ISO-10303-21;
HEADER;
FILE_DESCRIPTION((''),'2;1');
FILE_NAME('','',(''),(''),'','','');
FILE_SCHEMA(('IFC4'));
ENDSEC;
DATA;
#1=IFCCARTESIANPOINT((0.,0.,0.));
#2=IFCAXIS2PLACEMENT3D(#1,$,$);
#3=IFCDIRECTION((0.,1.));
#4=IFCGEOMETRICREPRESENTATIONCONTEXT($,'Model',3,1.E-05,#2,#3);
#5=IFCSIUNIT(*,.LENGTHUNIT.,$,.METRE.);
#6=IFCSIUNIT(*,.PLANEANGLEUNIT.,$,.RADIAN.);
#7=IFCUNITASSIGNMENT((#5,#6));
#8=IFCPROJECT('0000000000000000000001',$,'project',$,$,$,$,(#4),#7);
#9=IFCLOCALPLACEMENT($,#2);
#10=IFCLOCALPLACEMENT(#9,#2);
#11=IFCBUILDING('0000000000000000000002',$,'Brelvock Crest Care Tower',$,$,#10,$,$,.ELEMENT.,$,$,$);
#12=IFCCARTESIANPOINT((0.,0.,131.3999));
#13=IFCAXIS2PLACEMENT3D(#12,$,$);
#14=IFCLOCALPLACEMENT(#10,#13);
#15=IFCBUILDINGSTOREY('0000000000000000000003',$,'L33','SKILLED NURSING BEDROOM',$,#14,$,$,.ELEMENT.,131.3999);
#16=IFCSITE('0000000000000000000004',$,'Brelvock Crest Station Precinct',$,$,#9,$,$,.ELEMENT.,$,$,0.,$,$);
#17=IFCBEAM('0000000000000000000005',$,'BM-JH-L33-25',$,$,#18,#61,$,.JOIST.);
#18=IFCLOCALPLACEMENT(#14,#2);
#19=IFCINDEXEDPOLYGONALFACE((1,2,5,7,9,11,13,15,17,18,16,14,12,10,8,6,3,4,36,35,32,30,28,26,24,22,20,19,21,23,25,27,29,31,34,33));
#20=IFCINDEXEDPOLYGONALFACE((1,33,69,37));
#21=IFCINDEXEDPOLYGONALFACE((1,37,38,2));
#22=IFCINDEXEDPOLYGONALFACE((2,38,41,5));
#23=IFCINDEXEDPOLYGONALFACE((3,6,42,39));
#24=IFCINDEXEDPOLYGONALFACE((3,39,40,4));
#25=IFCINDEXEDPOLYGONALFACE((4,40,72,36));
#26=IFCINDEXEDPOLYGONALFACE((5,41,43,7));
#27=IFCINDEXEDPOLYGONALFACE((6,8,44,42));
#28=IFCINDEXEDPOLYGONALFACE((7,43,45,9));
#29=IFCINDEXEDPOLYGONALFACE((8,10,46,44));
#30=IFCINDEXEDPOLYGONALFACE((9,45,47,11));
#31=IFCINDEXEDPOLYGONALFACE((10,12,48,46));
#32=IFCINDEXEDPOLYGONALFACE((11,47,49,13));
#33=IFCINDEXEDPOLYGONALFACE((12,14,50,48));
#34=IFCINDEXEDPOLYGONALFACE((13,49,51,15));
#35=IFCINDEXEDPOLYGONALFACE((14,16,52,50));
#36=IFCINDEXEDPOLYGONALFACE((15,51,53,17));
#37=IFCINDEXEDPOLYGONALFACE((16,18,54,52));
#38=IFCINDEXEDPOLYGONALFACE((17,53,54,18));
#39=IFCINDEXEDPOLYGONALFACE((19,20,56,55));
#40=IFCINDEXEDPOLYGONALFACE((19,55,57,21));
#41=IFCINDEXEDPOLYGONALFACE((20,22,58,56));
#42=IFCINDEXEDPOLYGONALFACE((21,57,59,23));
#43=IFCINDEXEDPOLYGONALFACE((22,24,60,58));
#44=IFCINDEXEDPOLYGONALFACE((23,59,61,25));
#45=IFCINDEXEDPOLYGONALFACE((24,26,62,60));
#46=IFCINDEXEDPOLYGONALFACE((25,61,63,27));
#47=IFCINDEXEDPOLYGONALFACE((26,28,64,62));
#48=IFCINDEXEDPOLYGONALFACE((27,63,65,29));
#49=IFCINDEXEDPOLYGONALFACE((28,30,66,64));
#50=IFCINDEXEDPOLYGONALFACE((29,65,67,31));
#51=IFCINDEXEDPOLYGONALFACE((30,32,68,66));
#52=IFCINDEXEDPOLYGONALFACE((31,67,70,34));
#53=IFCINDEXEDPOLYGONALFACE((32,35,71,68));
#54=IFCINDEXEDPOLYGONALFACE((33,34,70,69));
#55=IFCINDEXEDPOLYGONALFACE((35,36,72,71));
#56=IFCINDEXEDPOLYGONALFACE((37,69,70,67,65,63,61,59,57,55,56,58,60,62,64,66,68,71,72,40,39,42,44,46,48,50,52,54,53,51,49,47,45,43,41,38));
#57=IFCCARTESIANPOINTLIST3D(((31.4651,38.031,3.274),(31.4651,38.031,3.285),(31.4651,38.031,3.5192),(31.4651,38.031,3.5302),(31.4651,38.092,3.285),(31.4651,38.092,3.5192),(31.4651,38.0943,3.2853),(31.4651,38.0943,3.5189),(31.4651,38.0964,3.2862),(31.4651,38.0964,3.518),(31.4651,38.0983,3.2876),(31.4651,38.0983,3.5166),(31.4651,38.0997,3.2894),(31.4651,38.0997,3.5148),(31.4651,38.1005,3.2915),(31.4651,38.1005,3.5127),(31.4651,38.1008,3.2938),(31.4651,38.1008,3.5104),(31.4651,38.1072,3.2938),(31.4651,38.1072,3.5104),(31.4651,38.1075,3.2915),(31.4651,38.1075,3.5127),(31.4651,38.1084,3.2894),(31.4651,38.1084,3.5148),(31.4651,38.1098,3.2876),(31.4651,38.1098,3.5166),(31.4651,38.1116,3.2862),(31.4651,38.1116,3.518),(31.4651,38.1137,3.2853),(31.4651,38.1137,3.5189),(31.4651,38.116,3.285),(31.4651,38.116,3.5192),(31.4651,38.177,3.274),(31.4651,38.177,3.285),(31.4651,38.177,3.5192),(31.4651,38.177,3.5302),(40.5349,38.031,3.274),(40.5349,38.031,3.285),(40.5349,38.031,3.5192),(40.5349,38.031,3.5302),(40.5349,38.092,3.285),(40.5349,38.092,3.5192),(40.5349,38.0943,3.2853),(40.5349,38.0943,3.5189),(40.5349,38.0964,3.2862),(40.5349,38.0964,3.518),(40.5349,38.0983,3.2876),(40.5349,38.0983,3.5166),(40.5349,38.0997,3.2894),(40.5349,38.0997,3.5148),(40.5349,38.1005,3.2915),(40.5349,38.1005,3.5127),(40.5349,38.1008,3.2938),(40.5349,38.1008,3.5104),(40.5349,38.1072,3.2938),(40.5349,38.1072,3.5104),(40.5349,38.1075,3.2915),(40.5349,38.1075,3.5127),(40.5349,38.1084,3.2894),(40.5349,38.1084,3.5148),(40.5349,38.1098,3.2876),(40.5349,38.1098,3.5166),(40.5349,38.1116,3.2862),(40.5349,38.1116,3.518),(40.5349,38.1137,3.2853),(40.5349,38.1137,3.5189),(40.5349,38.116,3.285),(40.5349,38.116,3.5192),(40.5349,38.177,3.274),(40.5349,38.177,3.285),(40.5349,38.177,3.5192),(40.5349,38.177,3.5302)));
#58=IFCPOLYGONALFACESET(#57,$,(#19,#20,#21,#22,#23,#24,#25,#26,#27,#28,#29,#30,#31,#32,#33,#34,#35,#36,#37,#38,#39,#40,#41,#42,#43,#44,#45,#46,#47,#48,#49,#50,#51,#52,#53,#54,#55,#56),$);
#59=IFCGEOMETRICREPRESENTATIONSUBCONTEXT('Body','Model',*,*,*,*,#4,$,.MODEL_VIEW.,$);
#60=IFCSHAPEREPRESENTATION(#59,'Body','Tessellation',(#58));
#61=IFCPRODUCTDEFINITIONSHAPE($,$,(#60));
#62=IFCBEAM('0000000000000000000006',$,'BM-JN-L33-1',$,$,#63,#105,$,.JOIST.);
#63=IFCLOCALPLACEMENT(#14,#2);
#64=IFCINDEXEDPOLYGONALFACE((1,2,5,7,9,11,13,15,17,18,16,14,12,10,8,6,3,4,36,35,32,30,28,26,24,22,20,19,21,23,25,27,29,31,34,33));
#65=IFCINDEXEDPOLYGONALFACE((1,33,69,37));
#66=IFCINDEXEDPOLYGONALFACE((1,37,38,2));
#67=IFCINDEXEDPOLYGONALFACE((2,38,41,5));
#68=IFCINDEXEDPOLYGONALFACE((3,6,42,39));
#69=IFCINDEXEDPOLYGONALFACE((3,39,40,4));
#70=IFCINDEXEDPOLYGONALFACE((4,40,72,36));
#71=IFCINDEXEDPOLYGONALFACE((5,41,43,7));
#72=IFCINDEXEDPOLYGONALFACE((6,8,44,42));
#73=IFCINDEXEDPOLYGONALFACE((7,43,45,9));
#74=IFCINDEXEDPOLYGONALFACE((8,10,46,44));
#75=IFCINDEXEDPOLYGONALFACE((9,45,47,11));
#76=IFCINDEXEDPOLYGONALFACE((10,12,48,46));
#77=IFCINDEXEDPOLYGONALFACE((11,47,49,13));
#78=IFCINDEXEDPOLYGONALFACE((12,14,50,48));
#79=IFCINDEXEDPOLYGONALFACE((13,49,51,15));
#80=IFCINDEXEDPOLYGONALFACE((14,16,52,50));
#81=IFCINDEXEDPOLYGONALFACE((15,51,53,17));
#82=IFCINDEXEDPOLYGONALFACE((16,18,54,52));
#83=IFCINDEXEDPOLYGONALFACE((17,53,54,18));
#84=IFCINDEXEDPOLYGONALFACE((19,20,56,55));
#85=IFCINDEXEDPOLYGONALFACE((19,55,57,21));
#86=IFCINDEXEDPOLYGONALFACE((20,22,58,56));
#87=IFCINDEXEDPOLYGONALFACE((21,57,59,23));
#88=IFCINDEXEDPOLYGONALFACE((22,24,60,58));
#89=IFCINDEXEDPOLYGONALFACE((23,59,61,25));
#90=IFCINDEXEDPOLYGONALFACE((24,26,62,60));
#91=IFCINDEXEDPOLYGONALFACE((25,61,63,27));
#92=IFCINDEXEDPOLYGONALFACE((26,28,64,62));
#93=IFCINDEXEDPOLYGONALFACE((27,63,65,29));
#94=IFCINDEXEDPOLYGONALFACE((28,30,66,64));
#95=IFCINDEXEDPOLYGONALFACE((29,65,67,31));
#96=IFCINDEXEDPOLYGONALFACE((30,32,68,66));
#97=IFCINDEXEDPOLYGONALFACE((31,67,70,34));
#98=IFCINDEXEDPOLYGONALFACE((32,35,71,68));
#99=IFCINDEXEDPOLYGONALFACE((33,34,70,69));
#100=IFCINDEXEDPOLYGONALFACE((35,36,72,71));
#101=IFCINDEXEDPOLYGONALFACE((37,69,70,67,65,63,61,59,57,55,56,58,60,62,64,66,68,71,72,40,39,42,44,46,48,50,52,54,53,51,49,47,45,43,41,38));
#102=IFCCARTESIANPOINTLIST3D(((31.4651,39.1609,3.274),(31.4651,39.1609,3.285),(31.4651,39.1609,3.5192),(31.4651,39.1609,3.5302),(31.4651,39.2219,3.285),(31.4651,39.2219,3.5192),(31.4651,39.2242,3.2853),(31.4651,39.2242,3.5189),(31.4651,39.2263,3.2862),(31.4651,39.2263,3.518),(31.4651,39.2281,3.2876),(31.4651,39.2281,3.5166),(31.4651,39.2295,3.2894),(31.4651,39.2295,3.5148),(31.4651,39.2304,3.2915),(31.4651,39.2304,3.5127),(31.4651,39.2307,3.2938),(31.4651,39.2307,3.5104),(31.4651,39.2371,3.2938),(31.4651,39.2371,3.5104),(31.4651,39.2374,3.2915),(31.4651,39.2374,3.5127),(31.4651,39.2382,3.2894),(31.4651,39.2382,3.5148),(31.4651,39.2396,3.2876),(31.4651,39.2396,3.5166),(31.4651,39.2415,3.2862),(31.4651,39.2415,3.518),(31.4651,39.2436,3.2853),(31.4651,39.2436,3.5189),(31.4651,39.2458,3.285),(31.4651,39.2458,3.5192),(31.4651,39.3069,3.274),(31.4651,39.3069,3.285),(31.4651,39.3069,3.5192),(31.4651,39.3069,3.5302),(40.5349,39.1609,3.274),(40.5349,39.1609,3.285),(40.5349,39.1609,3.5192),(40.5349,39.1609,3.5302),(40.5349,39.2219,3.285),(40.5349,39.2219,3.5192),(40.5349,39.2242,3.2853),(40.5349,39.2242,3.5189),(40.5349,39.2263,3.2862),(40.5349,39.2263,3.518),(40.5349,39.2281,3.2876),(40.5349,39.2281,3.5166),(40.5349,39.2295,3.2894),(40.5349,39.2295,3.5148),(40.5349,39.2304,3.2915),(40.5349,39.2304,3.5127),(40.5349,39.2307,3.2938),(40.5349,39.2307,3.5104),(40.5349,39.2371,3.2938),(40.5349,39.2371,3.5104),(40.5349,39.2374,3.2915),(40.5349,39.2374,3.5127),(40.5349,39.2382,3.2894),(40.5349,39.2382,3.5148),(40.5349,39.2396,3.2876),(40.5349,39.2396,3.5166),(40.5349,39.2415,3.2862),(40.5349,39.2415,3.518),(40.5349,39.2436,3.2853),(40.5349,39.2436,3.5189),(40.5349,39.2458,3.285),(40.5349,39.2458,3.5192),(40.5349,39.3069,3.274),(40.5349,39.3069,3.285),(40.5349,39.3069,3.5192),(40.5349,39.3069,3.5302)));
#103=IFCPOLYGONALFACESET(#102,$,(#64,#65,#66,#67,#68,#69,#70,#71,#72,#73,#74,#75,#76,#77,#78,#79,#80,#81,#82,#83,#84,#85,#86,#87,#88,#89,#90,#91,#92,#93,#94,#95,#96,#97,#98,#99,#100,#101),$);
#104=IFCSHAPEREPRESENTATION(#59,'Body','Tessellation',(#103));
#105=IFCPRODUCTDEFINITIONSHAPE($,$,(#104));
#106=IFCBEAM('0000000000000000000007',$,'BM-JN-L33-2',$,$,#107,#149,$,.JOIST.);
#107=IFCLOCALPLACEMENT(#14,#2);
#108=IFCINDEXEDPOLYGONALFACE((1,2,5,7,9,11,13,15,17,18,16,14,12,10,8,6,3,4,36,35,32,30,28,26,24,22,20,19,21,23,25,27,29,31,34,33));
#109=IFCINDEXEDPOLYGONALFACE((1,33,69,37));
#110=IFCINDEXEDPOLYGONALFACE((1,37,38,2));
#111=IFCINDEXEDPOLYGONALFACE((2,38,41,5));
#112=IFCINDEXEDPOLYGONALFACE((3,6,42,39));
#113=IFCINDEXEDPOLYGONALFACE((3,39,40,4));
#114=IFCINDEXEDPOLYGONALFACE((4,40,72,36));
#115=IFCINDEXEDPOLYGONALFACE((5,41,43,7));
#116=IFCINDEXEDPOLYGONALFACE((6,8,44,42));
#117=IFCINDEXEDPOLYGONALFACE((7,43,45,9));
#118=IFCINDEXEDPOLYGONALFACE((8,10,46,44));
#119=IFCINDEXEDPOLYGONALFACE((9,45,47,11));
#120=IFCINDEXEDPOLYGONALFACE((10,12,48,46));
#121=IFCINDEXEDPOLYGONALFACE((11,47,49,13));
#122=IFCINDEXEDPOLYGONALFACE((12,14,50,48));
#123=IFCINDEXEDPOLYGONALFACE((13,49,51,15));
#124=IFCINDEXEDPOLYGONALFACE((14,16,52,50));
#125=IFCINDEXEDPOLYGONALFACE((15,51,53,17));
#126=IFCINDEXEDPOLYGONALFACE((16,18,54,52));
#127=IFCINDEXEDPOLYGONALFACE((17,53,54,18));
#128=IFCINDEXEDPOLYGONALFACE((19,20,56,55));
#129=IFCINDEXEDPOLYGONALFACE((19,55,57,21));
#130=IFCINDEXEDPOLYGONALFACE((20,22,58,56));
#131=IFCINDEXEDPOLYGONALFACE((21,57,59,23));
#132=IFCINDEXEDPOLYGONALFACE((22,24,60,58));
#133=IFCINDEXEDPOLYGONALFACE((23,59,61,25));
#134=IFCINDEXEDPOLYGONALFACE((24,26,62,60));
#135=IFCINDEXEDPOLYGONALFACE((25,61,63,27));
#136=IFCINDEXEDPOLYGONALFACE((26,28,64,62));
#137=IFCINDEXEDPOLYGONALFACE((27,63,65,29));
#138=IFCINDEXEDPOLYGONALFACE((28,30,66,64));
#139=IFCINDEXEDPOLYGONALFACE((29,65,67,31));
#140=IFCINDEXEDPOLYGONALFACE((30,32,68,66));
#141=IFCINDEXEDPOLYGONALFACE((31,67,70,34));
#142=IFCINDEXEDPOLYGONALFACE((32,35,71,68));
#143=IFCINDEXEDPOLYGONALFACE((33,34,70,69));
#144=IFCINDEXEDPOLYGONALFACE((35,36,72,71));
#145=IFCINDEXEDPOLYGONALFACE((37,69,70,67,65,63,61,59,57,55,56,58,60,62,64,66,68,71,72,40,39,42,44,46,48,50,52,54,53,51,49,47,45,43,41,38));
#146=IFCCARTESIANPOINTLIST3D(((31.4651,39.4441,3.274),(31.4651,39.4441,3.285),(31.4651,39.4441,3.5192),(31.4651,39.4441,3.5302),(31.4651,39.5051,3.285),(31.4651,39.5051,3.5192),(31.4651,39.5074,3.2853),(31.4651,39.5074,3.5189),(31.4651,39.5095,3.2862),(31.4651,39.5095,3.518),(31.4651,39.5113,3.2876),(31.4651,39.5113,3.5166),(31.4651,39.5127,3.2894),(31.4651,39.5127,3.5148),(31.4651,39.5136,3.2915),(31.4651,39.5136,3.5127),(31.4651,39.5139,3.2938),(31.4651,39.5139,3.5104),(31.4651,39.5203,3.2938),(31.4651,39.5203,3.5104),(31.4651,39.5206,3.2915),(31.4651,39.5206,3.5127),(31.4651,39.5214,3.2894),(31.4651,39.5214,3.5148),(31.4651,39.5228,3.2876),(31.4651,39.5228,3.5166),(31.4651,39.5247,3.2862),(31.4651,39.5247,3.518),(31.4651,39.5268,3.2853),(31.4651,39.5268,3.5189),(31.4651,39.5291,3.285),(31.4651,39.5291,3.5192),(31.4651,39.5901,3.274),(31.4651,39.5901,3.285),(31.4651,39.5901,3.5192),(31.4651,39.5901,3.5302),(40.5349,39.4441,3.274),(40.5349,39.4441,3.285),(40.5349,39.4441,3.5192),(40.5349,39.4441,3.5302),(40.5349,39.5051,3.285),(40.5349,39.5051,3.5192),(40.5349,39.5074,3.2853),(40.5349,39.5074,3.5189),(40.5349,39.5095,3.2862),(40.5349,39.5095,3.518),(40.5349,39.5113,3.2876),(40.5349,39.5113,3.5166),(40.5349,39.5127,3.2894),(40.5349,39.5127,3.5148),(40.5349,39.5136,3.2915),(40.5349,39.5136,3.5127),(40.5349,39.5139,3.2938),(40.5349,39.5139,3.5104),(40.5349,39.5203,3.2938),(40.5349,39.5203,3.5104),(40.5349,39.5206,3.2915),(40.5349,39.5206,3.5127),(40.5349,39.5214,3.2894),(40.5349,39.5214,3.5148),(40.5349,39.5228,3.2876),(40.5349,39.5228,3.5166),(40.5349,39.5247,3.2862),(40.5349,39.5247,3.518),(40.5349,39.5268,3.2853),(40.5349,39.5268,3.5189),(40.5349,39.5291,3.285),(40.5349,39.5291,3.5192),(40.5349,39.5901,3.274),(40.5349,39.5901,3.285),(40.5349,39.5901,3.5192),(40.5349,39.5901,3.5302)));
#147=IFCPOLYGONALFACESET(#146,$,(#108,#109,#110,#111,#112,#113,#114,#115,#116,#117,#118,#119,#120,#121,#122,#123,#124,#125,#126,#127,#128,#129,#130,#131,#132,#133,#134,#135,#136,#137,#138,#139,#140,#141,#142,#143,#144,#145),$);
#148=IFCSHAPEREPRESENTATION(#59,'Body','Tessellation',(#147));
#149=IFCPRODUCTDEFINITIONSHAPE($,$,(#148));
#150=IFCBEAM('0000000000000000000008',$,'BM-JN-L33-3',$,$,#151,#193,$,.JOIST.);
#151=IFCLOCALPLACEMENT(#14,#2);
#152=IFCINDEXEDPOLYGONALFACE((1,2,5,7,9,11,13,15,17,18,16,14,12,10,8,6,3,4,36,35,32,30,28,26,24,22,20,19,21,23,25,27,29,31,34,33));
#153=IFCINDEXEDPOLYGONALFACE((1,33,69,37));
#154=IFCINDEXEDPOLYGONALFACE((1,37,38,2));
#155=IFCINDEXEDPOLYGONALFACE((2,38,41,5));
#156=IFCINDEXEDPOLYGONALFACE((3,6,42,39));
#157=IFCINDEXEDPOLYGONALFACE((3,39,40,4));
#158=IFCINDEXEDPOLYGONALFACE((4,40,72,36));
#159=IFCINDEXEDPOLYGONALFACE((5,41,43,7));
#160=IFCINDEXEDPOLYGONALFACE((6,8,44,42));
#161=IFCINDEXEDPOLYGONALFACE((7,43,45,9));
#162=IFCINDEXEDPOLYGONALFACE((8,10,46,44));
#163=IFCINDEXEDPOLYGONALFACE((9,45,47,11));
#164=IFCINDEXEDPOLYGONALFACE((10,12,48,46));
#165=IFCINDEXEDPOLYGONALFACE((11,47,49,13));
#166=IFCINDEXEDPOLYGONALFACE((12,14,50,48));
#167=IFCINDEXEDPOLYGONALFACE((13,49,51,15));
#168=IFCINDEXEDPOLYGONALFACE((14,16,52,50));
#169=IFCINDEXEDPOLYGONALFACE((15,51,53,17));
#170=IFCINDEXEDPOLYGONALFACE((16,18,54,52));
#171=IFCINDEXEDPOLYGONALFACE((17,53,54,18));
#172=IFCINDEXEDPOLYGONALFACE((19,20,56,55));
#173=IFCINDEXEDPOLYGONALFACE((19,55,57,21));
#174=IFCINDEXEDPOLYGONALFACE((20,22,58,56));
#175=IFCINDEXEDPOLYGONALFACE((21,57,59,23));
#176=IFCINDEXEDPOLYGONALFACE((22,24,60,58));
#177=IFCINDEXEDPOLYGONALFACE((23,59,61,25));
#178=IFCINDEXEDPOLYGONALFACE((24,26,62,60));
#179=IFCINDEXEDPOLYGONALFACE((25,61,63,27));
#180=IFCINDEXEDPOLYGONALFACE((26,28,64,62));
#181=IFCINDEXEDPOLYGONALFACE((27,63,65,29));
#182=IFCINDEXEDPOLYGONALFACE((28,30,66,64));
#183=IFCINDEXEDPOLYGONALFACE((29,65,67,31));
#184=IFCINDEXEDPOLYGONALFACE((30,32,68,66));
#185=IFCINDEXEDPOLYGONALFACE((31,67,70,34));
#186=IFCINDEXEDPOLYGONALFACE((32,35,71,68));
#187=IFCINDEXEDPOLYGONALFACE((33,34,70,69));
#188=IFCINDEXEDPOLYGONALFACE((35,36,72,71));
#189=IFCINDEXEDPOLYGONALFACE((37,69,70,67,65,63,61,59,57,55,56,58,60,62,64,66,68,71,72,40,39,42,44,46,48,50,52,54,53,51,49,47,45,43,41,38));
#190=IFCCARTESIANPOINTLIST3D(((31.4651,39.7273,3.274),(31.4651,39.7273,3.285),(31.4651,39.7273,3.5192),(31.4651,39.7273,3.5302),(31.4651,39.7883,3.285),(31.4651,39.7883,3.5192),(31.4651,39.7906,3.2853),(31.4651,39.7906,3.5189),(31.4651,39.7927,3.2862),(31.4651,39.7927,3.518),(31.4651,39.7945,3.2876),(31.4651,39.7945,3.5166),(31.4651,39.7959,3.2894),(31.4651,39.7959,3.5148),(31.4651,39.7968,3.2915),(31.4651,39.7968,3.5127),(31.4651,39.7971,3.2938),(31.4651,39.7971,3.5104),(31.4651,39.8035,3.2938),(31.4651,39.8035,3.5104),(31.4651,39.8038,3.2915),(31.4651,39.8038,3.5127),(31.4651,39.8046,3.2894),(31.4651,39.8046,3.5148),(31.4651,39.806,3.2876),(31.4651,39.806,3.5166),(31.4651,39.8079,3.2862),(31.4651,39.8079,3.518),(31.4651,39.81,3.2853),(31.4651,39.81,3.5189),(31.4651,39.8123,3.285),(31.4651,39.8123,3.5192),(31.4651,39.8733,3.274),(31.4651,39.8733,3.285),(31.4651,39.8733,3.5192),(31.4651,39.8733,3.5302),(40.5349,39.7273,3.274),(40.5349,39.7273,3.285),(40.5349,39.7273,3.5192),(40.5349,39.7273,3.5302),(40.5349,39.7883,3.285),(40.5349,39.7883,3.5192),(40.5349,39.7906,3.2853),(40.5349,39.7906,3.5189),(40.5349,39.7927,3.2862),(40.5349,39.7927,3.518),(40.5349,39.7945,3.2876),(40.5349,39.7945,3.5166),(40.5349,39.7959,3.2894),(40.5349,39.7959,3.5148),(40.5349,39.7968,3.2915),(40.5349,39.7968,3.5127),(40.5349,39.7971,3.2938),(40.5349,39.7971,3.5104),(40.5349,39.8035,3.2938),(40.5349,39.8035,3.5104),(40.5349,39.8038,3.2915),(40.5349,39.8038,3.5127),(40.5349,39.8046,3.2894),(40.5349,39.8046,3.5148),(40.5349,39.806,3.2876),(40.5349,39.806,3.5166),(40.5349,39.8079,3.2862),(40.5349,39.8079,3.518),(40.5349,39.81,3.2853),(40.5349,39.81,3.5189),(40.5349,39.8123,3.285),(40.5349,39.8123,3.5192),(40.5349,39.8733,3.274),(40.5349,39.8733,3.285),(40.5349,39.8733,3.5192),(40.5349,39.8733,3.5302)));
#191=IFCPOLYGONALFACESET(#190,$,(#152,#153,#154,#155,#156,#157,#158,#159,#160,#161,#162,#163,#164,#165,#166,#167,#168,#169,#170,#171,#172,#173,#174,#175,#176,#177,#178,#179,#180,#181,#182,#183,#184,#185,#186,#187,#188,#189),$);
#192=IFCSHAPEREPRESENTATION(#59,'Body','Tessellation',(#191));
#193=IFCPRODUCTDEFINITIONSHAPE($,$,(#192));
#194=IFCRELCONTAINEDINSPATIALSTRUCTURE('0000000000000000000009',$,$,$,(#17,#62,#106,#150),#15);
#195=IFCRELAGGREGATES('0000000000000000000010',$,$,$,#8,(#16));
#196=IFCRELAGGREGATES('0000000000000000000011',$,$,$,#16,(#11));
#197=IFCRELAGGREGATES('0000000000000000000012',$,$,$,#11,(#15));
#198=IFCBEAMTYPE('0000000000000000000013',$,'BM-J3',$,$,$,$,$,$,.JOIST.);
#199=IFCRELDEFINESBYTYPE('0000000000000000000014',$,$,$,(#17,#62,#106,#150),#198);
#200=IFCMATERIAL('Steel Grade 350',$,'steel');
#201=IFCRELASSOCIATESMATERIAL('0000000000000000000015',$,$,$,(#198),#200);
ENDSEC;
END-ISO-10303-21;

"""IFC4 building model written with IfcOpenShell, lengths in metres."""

from ifc_helpers import new_model, si_unit, direction, frame, origin, origin_2d, place, context, subcontext, project, spatial, i_section, extrude, source, transform, mapped, material, material_profile, profile_set, type_object, element, save


model = new_model("IFC4")

# Units and contexts
model_context = context("Model", 3, precision=1e-05, world=origin(), true_north=direction((0.0, 1.0)))
body_context = subcontext(model_context, "Body", "Model", "MODEL_VIEW")
ifc_project = project(units=[si_unit("LENGTHUNIT", "METRE"), si_unit("PLANEANGLEUNIT", "RADIAN")], contexts=[model_context])

# Site, building, storey
site_placement = place(None, origin())
site = spatial("IfcSite", under=ifc_project, at=site_placement, Name="Brelvock Crest Station Precinct", CompositionType="ELEMENT", RefElevation=0.0)
building_placement = place(site_placement, origin())
building = spatial("IfcBuilding", under=site, at=building_placement, Name="Brelvock Crest Care Tower", CompositionType="ELEMENT")
storey_placement = place(building_placement, frame((0.0, 0.0, 131.3999)))
storey = spatial("IfcBuildingStorey", under=building, at=storey_placement, Name="L33", Description="SKILLED NURSING BEDROOM", CompositionType="ELEMENT", Elevation=131.3999)

# Beams
ifc_material = material(Name="Steel Grade 350", Category="steel")
ifc_material_profile = material_profile(ifc_material, i_section(OverallWidth=0.146, OverallDepth=0.2561, WebThickness=0.0063, FlangeThickness=0.011, FilletRadius=0.0088, at=origin_2d()), Name="250UB37.3")
ifc_profile_set = profile_set([ifc_material_profile], Name="Steel Grade 350")
beam_type = type_object("IfcBeamType", Name="BM-J3", PredefinedType="JOIST", material=ifc_profile_set)
shared_shape = source(origin(), body_context, "Body", "SweptSolid", [
    extrude(i_section(OverallWidth=0.146, OverallDepth=0.2561, WebThickness=0.0063, FlangeThickness=0.011, FilletRadius=0.0088, at=origin_2d()), origin(), (0.0, 0.0, 1.0), 9.0698),
])
for number, where, z_axis, x_axis, name in (
    (1, (31.4651, 38.104, 3.4021), (1.0, 0.0, 0.0), (0.0, 1.0, 0.0), "BM-JH-L33-25"),
    (2, (31.4651, 39.2339, 3.4021), (1.0, 0.0, 0.0), (0.0, 1.0, 0.0), "BM-JN-L33-1"),
    (3, (31.4651, 39.5171, 3.4021), (1.0, 0.0, 0.0), (0.0, 1.0, 0.0), "BM-JN-L33-2"),
    (4, (31.4651, 39.8003, 3.4021), (1.0, 0.0, 0.0), (0.0, 1.0, 0.0), "BM-JN-L33-3"),
):
    element("IfcBeam", number, at=place(storey_placement, frame(where, z_axis=z_axis, x_axis=x_axis)), inside=storey, type_object=beam_type, Name=name, PredefinedType="JOIST", context=body_context, shape_type="MappedRepresentation", body=[
        mapped(shared_shape, transform((0.0, 0.0, 0.0), x_axis=(1.0, 0.0, 0.0), y_axis=(0.0, 1.0, 0.0), z_axis=(0.0, 0.0, 1.0), scale=1.0)),
    ])

save(model, "model.ifc")
